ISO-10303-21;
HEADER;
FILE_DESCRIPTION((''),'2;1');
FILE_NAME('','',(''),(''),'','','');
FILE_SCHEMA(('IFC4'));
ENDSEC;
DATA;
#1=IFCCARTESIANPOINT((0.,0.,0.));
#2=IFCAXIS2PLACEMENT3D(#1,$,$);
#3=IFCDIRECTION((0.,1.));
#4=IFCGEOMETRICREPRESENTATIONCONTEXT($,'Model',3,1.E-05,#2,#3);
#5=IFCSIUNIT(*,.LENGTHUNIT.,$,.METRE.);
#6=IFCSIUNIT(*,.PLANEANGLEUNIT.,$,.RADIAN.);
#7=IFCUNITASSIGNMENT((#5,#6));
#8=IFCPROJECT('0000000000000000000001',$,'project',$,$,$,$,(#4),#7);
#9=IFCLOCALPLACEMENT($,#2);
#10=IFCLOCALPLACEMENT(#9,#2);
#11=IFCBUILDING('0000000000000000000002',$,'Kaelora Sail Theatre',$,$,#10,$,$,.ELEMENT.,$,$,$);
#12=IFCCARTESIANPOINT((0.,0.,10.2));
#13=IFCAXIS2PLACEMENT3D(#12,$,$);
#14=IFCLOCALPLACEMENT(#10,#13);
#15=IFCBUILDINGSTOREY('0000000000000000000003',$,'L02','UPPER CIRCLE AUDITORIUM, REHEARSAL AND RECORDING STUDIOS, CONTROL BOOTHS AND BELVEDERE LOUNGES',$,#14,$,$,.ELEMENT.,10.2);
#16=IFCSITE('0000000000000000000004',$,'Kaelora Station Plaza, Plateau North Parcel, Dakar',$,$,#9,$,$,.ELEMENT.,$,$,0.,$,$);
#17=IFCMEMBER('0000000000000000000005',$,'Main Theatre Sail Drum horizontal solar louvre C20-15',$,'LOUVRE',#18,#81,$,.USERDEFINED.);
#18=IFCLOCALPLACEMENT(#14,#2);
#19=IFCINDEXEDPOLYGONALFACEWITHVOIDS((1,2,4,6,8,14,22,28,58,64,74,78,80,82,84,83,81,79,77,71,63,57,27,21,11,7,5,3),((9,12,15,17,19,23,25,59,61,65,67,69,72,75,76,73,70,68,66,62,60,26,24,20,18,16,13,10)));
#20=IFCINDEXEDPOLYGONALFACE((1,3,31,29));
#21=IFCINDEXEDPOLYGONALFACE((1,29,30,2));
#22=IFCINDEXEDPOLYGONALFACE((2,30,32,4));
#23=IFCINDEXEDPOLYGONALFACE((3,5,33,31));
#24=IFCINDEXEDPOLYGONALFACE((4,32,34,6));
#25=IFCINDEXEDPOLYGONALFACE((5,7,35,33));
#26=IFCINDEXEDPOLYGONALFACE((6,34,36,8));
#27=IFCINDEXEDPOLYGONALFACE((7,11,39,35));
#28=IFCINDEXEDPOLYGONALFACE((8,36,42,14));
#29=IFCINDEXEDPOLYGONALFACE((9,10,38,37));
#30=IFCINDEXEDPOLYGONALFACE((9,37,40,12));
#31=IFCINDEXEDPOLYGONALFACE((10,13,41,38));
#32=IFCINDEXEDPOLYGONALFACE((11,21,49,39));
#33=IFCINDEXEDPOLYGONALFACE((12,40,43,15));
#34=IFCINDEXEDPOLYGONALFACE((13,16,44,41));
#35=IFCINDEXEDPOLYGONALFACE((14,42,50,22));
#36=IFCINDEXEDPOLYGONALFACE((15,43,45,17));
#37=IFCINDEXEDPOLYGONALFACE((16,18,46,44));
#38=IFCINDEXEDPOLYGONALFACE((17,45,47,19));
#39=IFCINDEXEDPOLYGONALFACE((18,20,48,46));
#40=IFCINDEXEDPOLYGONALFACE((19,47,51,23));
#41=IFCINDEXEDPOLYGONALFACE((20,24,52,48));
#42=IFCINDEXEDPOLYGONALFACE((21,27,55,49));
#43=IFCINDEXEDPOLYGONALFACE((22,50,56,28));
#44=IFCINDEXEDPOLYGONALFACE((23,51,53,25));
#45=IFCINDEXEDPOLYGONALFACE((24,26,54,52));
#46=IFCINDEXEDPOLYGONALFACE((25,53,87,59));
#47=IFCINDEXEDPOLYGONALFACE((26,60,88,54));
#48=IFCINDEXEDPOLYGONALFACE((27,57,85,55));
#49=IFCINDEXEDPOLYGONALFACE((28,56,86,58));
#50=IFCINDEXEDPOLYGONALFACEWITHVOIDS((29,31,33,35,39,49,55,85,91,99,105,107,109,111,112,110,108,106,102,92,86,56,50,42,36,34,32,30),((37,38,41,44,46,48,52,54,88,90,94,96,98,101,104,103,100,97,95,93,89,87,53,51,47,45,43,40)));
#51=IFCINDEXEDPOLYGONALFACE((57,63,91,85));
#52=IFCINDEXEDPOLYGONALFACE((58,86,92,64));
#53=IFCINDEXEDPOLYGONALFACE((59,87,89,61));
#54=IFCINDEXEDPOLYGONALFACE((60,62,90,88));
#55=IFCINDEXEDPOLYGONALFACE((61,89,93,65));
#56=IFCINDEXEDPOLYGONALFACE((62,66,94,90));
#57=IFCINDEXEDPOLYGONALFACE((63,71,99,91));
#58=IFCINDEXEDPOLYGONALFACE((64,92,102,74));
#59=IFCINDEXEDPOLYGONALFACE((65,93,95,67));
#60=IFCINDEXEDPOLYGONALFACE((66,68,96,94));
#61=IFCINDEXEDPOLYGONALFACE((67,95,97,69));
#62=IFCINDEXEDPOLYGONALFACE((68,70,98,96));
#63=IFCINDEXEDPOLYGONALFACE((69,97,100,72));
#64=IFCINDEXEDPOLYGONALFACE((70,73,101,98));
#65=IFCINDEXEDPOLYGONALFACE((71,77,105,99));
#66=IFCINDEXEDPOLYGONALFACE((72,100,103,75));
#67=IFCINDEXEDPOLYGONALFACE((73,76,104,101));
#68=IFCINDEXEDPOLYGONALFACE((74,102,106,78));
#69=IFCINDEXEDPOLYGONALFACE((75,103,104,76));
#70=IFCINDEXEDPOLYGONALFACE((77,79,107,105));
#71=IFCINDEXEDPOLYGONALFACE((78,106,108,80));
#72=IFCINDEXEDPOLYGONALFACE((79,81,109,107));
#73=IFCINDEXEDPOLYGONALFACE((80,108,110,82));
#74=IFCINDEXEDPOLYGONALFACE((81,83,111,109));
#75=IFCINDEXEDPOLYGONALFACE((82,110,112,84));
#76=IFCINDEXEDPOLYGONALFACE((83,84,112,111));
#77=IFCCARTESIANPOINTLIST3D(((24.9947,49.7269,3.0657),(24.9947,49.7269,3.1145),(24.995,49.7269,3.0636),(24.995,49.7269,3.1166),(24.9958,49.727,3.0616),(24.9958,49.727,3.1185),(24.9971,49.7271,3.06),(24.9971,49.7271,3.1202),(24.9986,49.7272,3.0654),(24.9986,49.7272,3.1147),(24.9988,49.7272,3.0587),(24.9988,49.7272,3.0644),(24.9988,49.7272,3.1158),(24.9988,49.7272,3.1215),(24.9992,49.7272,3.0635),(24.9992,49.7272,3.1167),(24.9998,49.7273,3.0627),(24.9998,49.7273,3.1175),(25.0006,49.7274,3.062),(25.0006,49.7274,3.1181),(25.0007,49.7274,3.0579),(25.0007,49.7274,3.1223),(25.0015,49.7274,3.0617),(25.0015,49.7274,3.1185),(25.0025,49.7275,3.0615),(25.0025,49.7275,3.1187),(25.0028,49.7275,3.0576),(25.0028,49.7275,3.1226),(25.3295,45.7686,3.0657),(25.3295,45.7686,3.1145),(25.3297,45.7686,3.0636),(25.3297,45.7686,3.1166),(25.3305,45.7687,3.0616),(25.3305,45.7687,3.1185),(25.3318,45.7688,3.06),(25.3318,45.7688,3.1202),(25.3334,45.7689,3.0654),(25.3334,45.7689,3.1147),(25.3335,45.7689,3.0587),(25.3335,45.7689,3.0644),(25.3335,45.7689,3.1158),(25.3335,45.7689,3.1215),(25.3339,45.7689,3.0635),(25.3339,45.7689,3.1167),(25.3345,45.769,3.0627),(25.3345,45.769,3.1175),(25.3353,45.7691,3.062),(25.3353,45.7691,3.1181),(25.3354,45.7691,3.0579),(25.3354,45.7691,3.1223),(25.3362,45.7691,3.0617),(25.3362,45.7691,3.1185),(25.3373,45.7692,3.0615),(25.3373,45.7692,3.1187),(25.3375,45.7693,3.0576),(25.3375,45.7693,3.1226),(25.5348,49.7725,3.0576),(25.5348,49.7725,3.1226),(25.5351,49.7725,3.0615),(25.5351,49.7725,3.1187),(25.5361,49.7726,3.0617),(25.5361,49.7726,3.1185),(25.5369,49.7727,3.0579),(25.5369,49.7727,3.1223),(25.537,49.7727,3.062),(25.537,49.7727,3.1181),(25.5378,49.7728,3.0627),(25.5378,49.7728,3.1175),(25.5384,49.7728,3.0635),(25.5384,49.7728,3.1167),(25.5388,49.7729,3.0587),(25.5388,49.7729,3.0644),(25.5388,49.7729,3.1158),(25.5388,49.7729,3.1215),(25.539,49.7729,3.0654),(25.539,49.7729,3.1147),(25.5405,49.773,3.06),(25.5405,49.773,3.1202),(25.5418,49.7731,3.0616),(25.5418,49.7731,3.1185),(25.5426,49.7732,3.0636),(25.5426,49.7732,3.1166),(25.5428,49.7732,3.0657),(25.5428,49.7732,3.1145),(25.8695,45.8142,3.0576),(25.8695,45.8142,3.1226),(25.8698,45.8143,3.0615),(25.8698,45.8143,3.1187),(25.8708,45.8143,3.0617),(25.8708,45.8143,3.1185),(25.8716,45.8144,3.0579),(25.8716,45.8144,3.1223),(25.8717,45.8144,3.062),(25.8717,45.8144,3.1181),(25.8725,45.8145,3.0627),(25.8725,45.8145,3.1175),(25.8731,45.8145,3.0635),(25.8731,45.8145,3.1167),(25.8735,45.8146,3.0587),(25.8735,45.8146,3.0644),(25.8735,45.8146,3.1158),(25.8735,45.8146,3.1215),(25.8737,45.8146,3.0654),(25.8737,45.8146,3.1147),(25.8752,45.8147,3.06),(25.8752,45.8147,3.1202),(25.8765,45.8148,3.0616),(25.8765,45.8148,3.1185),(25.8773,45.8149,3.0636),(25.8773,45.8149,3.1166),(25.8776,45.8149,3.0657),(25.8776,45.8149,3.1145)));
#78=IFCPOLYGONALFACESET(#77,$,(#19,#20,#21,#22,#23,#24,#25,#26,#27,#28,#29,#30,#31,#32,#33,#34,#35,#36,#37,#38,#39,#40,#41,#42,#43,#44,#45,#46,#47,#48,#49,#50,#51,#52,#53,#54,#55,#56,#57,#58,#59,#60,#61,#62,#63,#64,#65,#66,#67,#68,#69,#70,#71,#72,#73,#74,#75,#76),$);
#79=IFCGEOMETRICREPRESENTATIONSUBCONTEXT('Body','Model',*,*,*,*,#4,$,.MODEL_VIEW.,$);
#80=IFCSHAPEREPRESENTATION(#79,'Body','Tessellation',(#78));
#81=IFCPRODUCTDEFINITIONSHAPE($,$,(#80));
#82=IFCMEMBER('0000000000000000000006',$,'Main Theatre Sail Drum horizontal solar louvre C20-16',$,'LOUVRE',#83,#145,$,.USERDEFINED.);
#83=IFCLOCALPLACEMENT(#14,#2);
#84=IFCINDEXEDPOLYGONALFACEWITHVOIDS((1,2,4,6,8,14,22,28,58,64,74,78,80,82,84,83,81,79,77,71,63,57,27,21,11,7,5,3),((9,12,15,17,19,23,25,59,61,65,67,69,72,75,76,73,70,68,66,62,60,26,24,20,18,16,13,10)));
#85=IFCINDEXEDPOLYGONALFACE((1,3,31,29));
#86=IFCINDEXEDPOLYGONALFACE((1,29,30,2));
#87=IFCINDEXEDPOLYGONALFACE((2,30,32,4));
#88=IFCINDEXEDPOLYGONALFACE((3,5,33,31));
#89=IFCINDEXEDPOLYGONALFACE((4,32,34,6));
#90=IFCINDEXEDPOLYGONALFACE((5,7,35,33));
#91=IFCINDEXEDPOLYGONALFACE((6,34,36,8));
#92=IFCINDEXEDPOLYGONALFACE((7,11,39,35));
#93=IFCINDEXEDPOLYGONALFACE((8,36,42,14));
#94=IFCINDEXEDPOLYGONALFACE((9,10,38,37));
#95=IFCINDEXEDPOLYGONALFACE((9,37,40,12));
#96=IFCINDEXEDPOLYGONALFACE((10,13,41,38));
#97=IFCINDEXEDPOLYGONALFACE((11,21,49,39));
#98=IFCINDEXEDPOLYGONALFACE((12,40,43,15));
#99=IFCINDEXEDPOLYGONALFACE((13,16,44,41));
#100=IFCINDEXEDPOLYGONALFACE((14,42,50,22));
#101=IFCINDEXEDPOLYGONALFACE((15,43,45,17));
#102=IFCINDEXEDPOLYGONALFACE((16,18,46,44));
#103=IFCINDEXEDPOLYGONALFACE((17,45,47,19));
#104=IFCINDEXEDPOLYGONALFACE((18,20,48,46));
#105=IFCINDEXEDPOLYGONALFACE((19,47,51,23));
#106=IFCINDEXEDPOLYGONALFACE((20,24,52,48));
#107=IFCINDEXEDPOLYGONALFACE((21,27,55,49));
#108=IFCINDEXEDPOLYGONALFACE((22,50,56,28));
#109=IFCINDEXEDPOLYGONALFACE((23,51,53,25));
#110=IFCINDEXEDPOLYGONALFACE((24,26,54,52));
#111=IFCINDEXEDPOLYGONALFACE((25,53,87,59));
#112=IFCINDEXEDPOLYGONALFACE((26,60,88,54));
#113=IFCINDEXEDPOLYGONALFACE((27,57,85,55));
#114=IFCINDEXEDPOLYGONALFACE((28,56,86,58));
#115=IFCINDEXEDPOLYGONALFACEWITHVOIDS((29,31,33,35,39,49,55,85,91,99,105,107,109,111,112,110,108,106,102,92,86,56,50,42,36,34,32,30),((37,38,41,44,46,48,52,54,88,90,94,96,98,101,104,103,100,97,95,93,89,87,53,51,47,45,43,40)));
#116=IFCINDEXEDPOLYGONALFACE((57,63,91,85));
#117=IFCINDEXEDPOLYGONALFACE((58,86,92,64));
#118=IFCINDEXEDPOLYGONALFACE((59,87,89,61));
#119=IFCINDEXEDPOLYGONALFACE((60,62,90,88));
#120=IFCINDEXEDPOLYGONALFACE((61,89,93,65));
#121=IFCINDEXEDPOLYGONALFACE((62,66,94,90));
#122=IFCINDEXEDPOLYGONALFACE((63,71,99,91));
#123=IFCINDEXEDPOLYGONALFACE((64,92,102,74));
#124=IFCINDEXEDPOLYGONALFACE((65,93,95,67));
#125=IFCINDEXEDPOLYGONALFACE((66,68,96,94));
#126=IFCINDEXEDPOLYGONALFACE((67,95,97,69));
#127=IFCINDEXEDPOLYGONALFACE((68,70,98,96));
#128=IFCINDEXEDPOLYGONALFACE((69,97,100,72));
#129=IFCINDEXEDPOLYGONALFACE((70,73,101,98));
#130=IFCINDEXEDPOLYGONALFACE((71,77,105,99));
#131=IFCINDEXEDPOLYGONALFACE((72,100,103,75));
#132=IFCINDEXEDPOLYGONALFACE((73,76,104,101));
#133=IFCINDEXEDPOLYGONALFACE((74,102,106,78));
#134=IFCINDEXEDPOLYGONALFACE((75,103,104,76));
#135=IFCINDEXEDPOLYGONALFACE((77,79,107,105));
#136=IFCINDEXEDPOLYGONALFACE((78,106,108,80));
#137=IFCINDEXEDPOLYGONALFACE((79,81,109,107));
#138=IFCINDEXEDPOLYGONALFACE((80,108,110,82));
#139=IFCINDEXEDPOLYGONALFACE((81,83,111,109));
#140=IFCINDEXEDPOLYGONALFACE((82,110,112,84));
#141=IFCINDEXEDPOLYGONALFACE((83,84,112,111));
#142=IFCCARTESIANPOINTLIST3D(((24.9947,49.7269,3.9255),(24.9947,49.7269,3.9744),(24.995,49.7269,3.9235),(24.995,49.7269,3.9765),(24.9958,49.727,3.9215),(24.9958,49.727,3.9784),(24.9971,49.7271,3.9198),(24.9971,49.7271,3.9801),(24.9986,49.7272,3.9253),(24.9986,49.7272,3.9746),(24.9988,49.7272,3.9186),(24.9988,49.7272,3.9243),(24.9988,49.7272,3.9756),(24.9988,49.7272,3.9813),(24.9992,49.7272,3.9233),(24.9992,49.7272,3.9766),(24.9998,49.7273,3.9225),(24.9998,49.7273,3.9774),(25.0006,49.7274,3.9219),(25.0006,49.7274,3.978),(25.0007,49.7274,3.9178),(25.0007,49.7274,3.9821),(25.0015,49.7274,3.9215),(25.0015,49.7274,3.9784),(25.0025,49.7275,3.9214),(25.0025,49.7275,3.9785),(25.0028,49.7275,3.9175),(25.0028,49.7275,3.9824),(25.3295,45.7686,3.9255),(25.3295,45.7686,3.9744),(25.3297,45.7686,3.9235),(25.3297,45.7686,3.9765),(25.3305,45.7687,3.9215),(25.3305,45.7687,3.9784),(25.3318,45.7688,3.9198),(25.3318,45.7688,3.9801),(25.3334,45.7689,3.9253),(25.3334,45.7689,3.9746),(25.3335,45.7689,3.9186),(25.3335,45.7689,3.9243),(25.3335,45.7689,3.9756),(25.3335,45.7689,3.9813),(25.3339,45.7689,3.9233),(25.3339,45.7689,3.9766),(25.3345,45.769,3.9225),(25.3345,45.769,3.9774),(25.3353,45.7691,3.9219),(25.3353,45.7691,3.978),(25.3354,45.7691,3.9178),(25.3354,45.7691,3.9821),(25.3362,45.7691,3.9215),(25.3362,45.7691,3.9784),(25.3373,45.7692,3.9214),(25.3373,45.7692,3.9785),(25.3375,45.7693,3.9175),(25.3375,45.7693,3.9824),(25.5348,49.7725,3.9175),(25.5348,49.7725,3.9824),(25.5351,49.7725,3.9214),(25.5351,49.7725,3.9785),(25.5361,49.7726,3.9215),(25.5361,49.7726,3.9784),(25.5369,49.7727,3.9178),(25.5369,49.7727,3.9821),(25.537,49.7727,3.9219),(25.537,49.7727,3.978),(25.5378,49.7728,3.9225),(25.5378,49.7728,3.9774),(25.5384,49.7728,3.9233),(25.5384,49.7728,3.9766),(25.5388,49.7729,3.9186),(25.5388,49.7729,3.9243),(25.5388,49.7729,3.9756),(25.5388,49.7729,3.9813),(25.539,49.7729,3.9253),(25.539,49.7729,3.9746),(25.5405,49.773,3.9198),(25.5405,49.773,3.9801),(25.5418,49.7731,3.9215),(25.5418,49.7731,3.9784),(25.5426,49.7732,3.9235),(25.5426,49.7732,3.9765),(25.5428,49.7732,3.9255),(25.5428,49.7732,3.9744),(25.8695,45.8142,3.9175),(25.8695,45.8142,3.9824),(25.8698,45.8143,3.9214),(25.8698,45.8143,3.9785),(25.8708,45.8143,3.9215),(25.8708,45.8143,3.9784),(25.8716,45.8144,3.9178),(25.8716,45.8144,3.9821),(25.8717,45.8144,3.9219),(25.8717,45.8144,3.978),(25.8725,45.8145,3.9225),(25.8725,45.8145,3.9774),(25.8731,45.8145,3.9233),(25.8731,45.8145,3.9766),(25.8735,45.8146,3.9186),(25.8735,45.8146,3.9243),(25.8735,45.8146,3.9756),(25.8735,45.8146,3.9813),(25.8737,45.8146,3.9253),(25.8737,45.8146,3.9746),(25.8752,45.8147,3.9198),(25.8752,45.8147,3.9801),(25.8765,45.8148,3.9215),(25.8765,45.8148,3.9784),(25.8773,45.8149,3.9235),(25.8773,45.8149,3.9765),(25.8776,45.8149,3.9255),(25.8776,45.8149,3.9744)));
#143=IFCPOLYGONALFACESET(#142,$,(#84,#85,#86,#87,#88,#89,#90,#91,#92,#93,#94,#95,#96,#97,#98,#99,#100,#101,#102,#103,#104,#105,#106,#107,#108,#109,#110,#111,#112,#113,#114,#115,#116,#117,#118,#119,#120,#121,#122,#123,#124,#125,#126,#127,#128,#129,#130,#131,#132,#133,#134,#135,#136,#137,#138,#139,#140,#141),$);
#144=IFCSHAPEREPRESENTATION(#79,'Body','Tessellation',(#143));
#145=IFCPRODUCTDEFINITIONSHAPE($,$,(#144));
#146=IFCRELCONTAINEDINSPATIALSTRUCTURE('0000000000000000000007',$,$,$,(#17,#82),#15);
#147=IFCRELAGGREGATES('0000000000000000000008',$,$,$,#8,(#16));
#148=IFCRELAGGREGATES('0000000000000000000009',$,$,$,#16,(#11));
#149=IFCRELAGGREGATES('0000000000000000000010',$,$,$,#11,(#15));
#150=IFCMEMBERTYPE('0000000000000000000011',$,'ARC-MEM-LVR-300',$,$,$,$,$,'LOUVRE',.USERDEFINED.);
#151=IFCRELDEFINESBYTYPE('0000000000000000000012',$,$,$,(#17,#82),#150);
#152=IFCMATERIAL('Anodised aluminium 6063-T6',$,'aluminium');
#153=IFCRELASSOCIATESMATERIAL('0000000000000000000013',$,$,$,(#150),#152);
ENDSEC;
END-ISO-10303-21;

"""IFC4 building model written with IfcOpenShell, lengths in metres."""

from ifc_helpers import new_model, si_unit, direction, frame, origin, origin_2d, place, context, subcontext, project, spatial, hollow_rectangle, extrude, material, material_profile, profile_set, type_object, element, save


model = new_model("IFC4")

# Units and contexts
model_context = context("Model", 3, precision=1e-05, world=origin(), true_north=direction((0.0, 1.0)))
body_context = subcontext(model_context, "Body", "Model", "MODEL_VIEW")
ifc_project = project(units=[si_unit("LENGTHUNIT", "METRE"), si_unit("PLANEANGLEUNIT", "RADIAN")], contexts=[model_context])

# Site, building, storey
site_placement = place(None, origin())
site = spatial("IfcSite", under=ifc_project, at=site_placement, Name="Kaelora Station Plaza, Plateau North Parcel, Dakar", CompositionType="ELEMENT", RefElevation=0.0)
building_placement = place(site_placement, origin())
building = spatial("IfcBuilding", under=site, at=building_placement, Name="Kaelora Sail Theatre", CompositionType="ELEMENT")
storey_placement = place(building_placement, frame((0.0, 0.0, 10.2)))
storey = spatial("IfcBuildingStorey", under=building, at=storey_placement, Name="L02", Description="UPPER CIRCLE AUDITORIUM, REHEARSAL AND RECORDING STUDIOS, CONTROL BOOTHS AND BELVEDERE LOUNGES", CompositionType="ELEMENT", Elevation=10.2)

# Members
ifc_material_1 = material(Name="Anodised aluminium 6063-T6", Category="aluminium")
ifc_material_profile_1 = material_profile(ifc_material_1, hollow_rectangle(XDim=0.55, YDim=0.0649, WallThickness=0.0039, InnerFilletRadius=0.0039, OuterFilletRadius=0.0081, at=origin_2d()), Name="LOUVRE 550x65x4")
ifc_profile_set_1 = profile_set([ifc_material_profile_1], Name="Anodised aluminium 6063-T6")
member_type = type_object("IfcMemberType", Name="ARC-MEM-LVR-300", ElementType="LOUVRE", PredefinedType="USERDEFINED", material=ifc_profile_set_1)
for number, where, z_axis, x_axis, name in (
    (1, (25.6035, 45.7917, 3.0901), (-0.084261, 0.996444, 0.0), (-0.996444, -0.084261, 0.0), "Main Theatre Sail Drum horizontal solar louvre C20-15"),
    (2, (25.6035, 45.7917, 3.95), (-0.084261, 0.996444, 0.0), (-0.996444, -0.084261, 0.0), "Main Theatre Sail Drum horizontal solar louvre C20-16"),
):
    element("IfcMember", number, at=place(storey_placement, frame(where, z_axis=z_axis, x_axis=x_axis)), inside=storey, type_object=member_type, Name=name, ObjectType="LOUVRE", PredefinedType="USERDEFINED", context=body_context, shape_type="SweptSolid", body=[
        extrude(hollow_rectangle(XDim=0.55, YDim=0.0649, WallThickness=0.0039, InnerFilletRadius=0.0039, OuterFilletRadius=0.0081, at=origin_2d()), origin(), (0.0, 0.0, 1.0), 3.9724),
    ])

save(model, "model.ifc")
